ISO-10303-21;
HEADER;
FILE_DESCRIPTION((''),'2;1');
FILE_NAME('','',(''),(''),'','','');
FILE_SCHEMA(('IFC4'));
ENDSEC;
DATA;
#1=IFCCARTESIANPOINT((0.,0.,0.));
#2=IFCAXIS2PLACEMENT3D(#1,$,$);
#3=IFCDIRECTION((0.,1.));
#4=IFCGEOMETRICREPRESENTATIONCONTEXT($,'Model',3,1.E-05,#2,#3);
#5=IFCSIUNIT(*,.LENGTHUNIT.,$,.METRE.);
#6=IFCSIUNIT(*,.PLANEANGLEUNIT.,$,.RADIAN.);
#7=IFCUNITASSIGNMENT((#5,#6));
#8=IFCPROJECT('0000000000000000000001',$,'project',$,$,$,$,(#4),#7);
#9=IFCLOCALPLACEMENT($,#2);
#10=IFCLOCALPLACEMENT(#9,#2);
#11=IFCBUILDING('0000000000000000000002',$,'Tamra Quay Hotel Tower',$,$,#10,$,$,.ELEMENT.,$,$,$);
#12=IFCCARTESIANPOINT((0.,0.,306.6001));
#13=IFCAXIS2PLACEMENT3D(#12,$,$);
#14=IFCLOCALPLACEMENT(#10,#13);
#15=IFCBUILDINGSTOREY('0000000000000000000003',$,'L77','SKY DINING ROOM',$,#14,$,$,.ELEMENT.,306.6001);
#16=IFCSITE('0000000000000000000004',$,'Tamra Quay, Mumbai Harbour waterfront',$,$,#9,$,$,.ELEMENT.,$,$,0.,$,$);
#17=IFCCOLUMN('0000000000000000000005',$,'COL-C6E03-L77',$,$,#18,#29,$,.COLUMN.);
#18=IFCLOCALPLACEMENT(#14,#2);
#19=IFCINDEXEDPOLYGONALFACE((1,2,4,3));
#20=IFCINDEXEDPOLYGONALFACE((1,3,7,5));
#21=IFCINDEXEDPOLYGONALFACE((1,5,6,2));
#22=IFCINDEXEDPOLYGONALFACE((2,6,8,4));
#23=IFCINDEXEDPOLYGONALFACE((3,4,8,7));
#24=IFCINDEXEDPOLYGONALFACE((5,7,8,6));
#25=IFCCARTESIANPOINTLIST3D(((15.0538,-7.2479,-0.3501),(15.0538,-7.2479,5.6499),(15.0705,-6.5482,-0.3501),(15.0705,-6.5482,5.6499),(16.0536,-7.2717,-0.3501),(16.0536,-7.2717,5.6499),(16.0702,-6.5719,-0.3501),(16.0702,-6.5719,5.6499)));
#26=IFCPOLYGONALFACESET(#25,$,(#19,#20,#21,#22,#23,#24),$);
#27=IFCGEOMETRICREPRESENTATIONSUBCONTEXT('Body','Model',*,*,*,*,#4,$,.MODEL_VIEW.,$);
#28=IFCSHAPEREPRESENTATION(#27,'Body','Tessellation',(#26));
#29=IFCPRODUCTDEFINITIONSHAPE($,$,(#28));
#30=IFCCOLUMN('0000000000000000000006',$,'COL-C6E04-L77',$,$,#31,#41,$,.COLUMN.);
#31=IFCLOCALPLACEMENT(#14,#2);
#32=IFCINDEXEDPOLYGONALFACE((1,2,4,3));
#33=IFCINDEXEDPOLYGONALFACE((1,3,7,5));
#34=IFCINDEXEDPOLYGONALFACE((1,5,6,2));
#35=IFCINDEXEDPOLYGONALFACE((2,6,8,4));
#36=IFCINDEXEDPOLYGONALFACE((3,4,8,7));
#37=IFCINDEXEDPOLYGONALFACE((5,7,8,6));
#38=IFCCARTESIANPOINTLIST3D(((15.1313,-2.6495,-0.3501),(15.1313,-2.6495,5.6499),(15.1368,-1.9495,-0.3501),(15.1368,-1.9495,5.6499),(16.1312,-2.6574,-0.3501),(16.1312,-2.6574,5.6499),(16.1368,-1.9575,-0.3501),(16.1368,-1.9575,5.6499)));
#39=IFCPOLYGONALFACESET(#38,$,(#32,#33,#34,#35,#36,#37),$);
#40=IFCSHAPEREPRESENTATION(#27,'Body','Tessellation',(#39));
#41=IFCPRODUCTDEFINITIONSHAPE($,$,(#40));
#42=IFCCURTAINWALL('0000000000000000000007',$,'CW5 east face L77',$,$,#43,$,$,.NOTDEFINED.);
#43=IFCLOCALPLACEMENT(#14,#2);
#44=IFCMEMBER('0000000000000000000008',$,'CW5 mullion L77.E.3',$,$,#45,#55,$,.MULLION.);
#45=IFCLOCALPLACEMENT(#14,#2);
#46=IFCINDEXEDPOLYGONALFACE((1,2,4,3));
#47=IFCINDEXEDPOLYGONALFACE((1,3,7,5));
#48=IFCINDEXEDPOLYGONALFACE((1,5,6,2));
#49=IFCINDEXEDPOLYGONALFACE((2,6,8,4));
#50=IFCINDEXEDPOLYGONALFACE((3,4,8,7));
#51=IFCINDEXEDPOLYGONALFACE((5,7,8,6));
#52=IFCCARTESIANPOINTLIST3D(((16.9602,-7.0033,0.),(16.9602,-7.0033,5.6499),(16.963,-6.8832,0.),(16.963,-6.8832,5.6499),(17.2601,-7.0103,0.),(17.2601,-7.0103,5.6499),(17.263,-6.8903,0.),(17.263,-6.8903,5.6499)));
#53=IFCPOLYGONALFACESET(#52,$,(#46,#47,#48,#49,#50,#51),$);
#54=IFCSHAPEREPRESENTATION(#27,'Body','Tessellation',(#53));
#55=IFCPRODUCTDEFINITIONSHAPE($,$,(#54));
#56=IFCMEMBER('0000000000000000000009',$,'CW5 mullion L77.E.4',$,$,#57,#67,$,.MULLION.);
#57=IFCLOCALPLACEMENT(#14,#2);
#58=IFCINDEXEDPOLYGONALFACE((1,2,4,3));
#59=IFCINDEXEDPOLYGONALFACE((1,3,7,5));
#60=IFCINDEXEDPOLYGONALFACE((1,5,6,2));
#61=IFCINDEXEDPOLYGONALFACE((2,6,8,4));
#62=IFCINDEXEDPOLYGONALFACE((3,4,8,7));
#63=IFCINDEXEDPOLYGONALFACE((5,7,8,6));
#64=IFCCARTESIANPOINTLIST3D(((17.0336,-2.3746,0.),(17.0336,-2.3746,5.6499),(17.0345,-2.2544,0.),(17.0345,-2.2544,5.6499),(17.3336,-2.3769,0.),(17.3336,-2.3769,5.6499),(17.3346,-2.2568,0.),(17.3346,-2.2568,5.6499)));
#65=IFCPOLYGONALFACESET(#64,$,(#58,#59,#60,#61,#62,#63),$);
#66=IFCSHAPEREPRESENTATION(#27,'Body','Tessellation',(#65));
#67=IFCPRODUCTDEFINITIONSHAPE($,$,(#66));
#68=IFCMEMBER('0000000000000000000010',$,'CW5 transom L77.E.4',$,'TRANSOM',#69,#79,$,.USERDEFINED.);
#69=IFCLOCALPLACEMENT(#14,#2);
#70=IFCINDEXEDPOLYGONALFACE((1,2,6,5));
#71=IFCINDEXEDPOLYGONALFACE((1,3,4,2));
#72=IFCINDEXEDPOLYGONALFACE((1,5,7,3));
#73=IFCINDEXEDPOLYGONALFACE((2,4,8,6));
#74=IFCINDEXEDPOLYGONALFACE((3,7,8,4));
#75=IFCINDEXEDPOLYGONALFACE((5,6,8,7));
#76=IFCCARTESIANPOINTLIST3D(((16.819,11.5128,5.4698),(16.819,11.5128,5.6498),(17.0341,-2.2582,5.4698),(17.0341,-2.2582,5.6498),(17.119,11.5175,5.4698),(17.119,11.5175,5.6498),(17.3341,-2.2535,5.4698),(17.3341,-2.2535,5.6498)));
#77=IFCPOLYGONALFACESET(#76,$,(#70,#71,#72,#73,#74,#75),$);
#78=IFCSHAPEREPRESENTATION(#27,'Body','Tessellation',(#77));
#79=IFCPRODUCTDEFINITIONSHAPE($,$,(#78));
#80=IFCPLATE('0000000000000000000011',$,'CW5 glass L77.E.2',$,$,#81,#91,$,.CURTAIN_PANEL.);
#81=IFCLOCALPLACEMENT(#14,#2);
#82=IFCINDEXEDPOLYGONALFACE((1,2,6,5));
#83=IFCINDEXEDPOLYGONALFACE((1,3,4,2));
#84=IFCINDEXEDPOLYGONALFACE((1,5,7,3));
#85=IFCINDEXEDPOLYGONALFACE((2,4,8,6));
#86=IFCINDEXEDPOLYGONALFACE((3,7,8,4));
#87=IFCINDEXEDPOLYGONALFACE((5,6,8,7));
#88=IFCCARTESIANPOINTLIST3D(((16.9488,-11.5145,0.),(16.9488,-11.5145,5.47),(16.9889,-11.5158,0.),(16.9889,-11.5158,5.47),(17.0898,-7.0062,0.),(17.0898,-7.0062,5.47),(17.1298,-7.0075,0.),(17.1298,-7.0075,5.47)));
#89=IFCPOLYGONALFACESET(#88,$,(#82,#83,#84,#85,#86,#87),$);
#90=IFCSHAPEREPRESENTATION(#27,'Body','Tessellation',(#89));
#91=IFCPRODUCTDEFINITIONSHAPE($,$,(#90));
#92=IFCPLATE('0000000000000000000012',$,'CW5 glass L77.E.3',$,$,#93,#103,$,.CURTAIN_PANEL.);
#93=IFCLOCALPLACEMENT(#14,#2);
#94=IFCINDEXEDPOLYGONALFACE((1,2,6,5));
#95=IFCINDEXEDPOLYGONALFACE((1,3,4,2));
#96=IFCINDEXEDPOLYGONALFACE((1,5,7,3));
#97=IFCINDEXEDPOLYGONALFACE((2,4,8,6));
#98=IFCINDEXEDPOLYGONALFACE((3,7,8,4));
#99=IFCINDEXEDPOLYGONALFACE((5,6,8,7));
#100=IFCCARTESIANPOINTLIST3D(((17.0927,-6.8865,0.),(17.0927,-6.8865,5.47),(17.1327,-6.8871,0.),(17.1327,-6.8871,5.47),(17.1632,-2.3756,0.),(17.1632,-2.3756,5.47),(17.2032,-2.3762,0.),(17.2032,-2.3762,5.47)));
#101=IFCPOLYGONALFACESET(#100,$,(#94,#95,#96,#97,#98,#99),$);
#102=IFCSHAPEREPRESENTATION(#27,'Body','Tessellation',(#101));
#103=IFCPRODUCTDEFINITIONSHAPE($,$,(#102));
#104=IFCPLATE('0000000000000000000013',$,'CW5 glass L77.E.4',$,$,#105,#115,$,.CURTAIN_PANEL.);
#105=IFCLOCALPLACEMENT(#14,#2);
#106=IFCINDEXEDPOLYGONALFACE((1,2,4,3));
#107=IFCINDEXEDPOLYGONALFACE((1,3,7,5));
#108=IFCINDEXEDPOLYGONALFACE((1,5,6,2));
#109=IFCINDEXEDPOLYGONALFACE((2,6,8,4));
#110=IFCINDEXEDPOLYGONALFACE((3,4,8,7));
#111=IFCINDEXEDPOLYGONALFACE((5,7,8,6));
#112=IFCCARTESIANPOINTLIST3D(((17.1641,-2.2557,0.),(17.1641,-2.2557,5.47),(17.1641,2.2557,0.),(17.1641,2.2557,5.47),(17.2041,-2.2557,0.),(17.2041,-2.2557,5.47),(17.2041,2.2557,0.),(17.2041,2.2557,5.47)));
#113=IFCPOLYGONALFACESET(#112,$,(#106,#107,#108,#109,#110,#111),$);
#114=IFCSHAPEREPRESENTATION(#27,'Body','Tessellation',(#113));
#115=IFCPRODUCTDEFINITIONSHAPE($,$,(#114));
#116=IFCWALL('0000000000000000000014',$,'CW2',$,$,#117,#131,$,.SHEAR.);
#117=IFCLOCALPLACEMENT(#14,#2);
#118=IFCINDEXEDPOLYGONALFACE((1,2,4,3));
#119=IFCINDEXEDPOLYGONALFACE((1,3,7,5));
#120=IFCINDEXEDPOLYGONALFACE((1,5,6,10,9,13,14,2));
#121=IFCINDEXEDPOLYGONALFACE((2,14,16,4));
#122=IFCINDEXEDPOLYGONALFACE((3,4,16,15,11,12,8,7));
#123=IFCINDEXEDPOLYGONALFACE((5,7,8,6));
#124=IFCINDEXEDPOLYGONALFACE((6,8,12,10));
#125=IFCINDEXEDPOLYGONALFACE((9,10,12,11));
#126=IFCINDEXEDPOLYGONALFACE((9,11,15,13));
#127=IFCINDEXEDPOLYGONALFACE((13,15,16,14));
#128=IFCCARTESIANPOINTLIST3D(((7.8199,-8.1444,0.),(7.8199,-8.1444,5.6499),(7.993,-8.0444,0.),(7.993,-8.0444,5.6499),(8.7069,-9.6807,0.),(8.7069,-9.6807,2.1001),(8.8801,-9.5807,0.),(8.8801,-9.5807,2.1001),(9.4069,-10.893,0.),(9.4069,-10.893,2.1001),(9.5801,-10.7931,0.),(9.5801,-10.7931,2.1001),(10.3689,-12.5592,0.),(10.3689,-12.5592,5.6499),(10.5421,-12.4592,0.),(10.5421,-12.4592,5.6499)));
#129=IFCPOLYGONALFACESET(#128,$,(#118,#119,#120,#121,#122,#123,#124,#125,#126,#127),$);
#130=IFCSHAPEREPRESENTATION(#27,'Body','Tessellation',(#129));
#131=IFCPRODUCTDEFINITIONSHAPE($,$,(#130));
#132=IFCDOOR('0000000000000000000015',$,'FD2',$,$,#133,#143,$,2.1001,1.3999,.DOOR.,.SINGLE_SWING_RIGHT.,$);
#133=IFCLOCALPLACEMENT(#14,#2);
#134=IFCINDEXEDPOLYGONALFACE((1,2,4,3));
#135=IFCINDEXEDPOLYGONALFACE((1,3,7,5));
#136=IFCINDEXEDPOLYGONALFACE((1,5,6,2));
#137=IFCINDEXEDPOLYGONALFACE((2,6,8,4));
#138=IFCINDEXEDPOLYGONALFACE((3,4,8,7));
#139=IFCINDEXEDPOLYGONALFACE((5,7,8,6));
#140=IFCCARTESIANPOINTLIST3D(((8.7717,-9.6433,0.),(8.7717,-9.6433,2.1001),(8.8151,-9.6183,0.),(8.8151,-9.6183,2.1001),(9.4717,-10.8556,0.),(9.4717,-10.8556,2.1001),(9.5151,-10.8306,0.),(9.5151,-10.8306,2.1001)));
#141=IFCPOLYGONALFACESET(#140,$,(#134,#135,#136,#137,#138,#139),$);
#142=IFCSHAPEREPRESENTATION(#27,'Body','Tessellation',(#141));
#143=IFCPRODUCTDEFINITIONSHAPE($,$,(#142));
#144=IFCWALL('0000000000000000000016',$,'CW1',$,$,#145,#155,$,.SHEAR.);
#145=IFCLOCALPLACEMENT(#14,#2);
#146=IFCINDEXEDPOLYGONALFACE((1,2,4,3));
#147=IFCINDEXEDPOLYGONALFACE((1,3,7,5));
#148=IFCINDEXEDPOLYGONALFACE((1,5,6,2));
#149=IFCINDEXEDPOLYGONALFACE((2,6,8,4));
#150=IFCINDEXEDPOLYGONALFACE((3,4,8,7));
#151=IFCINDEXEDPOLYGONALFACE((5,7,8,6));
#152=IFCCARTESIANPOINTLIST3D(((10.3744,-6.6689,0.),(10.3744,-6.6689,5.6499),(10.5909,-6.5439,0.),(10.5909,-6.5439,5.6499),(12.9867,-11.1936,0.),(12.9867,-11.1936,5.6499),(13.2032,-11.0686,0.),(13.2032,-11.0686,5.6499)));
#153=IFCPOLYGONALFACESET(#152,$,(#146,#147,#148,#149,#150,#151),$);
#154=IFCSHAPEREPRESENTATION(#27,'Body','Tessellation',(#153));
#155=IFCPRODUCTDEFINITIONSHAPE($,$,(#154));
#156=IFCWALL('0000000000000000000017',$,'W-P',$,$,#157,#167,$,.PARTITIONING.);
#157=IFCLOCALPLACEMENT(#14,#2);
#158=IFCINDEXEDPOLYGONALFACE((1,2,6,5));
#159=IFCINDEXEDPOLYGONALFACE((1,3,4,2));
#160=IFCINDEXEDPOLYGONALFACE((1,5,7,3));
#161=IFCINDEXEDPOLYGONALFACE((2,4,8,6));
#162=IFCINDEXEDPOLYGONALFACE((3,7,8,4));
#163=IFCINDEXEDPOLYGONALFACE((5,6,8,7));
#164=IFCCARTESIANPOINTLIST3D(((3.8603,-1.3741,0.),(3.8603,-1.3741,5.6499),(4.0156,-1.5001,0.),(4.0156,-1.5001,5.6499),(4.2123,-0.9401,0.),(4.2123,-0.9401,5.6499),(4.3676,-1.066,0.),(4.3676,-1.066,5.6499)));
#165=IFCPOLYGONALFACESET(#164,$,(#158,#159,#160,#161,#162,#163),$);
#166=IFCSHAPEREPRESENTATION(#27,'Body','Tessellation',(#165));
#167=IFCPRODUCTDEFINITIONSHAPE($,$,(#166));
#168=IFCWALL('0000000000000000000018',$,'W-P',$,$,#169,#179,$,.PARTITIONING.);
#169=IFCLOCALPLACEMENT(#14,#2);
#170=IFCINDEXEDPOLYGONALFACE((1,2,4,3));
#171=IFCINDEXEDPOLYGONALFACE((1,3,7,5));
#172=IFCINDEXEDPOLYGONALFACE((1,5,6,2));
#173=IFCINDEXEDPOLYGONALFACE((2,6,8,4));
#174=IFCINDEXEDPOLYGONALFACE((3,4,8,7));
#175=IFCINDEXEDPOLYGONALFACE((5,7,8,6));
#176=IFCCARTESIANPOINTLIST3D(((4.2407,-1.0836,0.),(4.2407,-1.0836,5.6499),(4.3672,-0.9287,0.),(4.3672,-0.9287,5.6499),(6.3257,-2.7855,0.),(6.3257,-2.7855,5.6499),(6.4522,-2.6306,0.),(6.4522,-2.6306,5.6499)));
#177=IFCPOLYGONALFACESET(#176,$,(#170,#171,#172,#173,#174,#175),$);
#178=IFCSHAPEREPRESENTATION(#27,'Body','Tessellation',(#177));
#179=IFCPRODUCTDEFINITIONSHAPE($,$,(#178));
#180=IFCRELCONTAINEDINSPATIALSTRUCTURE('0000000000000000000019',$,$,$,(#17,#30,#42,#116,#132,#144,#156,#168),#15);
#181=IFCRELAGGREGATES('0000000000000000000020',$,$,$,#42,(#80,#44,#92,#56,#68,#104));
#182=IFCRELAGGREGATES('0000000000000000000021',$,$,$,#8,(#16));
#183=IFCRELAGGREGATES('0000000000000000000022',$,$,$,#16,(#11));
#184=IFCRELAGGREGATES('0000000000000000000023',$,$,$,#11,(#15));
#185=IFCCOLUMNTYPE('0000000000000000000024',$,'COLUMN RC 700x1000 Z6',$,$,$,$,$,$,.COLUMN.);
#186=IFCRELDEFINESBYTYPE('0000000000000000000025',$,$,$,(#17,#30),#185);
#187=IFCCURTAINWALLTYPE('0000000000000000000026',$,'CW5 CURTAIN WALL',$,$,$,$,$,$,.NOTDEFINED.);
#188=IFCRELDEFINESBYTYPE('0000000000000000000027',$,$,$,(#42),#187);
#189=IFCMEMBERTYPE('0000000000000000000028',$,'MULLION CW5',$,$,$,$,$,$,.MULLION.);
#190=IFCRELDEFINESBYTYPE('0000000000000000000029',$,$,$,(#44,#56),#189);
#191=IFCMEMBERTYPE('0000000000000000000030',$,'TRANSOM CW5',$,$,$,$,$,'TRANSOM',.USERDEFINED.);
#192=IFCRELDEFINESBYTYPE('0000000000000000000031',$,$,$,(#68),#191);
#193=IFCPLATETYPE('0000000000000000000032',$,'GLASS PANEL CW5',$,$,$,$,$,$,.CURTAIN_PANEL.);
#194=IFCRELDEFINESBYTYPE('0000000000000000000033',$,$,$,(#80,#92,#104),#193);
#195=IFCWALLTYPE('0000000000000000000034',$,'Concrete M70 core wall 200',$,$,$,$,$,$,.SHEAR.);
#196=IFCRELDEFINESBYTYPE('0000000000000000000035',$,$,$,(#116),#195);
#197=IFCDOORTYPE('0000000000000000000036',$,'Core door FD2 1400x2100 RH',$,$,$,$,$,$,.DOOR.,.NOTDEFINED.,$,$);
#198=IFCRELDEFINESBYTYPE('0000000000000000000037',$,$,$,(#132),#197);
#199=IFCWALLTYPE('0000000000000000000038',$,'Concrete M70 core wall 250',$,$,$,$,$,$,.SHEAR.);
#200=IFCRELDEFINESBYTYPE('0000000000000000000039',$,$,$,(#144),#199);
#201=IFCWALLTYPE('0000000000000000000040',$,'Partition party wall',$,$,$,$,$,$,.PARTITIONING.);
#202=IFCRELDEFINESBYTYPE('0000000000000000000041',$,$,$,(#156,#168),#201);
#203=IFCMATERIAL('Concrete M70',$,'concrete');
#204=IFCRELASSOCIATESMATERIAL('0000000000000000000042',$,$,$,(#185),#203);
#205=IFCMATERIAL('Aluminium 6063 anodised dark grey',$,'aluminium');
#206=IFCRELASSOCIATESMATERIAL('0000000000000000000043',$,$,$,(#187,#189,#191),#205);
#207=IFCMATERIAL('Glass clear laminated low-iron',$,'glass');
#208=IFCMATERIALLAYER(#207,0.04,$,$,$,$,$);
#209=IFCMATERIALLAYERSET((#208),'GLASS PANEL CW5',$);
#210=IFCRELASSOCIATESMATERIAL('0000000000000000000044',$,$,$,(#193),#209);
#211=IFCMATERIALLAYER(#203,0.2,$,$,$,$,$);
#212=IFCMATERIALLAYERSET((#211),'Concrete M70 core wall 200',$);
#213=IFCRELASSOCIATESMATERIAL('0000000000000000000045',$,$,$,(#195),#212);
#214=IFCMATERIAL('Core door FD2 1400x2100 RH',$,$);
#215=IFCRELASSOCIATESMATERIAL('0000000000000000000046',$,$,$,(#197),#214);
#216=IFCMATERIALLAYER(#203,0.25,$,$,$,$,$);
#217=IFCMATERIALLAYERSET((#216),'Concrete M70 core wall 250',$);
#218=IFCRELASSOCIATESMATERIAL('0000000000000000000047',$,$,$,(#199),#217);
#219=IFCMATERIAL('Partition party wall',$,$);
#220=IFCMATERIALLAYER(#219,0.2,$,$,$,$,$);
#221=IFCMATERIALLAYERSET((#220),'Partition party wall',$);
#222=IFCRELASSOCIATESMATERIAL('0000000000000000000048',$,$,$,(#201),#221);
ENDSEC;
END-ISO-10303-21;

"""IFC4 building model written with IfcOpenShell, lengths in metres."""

from ifc_helpers import new_model, si_unit, direction, frame, frame_2d, origin, origin_2d, place, context, subcontext, project, spatial, rectangle, extrude, material, layer, layer_set, material_profile, profile_set, type_object, element, fill, aggregate, save


model = new_model("IFC4")

# Units and contexts
model_context = context("Model", 3, precision=1e-05, world=origin(), true_north=direction((0.0, 1.0)))
body_context = subcontext(model_context, "Body", "Model", "MODEL_VIEW")
ifc_project = project(units=[si_unit("LENGTHUNIT", "METRE"), si_unit("PLANEANGLEUNIT", "RADIAN")], contexts=[model_context])

# Site, building, storey
site_placement = place(None, origin())
site = spatial("IfcSite", under=ifc_project, at=site_placement, Name="Tamra Quay, Mumbai Harbour waterfront", CompositionType="ELEMENT", RefElevation=0.0)
building_placement = place(site_placement, origin())
building = spatial("IfcBuilding", under=site, at=building_placement, Name="Tamra Quay Hotel Tower", CompositionType="ELEMENT")
storey_placement = place(building_placement, frame((0.0, 0.0, 306.6001)))
storey = spatial("IfcBuildingStorey", under=building, at=storey_placement, Name="L77", Description="SKY DINING ROOM", CompositionType="ELEMENT", Elevation=306.6001)

# Columns
ifc_material_1 = material(Name="Concrete M70", Category="concrete")
ifc_material_profile_1 = material_profile(ifc_material_1, rectangle(XDim=1.0, YDim=0.7, at=origin_2d()), Name="COLUMN RC 700x1000 Z6")
ifc_profile_set_1 = profile_set([ifc_material_profile_1], Name="Concrete M70")
column_type = type_object("IfcColumnType", Name="COLUMN RC 700x1000 Z6", PredefinedType="COLUMN", material=ifc_profile_set_1)
for number, where, z_axis, x_axis, name in (
    (1, (15.562, -6.9099, -0.3501), (0.0, 0.0, 1.0), (-0.999718, 0.023753, 0.0), "COL-C6E03-L77"),
    (2, (15.634, -2.3035, -0.3501), (0.0, 0.0, 1.0), (-0.999969, 0.00792, 0.0), "COL-C6E04-L77"),
):
    element("IfcColumn", number, at=place(storey_placement, frame(where, z_axis=z_axis, x_axis=x_axis)), inside=storey, type_object=column_type, Name=name, PredefinedType="COLUMN", context=body_context, shape_type="SweptSolid", body=[
        extrude(rectangle(XDim=1.0, YDim=0.7, at=origin_2d()), origin(), (0.0, 0.0, 1.0), 6.0),
    ])

# Curtain wall, members, plates
ifc_material_2 = material(Name="Aluminium 6063 anodised dark grey", Category="aluminium")
curtain_wall_type = type_object("IfcCurtainWallType", Name="CW5 CURTAIN WALL", PredefinedType="NOTDEFINED", material=ifc_material_2)
curtain_wall_placement = place(storey_placement, origin())
curtain_wall = element("IfcCurtainWall", 3, at=curtain_wall_placement, inside=storey, type_object=curtain_wall_type, Name="CW5 east face L77", PredefinedType="NOTDEFINED")
ifc_material_profile_2 = material_profile(ifc_material_2, rectangle(XDim=0.3, YDim=0.1201, at=origin_2d()), Name="MULLION 120X300")
ifc_profile_set_2 = profile_set([ifc_material_profile_2], Name="Aluminium 6063 anodised dark grey")
member_type_1 = type_object("IfcMemberType", Name="MULLION CW5", PredefinedType="MULLION", material=ifc_profile_set_2)
member_1_placement = place(storey_placement, frame((17.1116, -6.9468, 0.0), z_axis=(0.0, 0.0, 1.0), x_axis=(0.999725, -0.023438, 0.0)))
member_1 = element("IfcMember", 4, at=member_1_placement, type_object=member_type_1, Name="CW5 mullion L77.E.3", PredefinedType="MULLION", context=body_context, shape_type="SweptSolid", body=[
    extrude(rectangle(XDim=0.3, YDim=0.1201, at=origin_2d()), origin(), (0.0, 0.0, 1.0), 5.6499),
])
member_2_placement = place(storey_placement, frame((17.1841, -2.3157, 0.0), z_axis=(0.0, 0.0, 1.0), x_axis=(0.999969, -0.007816, 0.0)))
member_2 = element("IfcMember", 5, at=member_2_placement, type_object=member_type_1, Name="CW5 mullion L77.E.4", PredefinedType="MULLION", context=body_context, shape_type="SweptSolid", body=[
    extrude(rectangle(XDim=0.3, YDim=0.1201, at=origin_2d()), origin(), (0.0, 0.0, 1.0), 5.6499),
])
ifc_material_profile_3 = material_profile(ifc_material_2, rectangle(XDim=0.3, YDim=0.1799, at=origin_2d()), Name="TRANSOM 300X180")
ifc_profile_set_3 = profile_set([ifc_material_profile_3], Name="Aluminium 6063 anodised dark grey")
member_type_2 = type_object("IfcMemberType", Name="TRANSOM CW5", ElementType="TRANSOM", PredefinedType="USERDEFINED", material=ifc_profile_set_3)
member_3_placement = place(storey_placement, frame((17.1841, -2.2559, 5.5598), z_axis=(-0.015617, 0.999878, 0.0), x_axis=(-0.999878, -0.015617, 0.0)))
member_3 = element("IfcMember", 6, at=member_3_placement, type_object=member_type_2, Name="CW5 transom L77.E.4", ObjectType="TRANSOM", PredefinedType="USERDEFINED", context=body_context, shape_type="SweptSolid", body=[
    extrude(rectangle(XDim=0.3, YDim=0.1799, at=origin_2d()), origin(), (0.0, 0.0, 1.0), 13.7727),
])
ifc_material_3 = material(Name="Glass clear laminated low-iron", Category="glass")
ifc_layer_1 = layer(ifc_material_3, 0.04)
ifc_layer_set_1 = layer_set([ifc_layer_1], Name="GLASS PANEL CW5")
plate_type = type_object("IfcPlateType", Name="GLASS PANEL CW5", PredefinedType="CURTAIN_PANEL", material=ifc_layer_set_1)
plate_1_placement = place(storey_placement, frame((17.0393, -9.261, 0.0), z_axis=(0.0, 0.0, 1.0), x_axis=(0.031242, 0.999512, 0.0)))
plate_1 = element("IfcPlate", 7, at=plate_1_placement, type_object=plate_type, Name="CW5 glass L77.E.2", PredefinedType="CURTAIN_PANEL", context=body_context, shape_type="SweptSolid", body=[
    extrude(rectangle(XDim=4.5105, YDim=0.04, at=origin_2d()), origin(), (0.0, 0.0, 1.0), 5.47),
])
plate_2_placement = place(storey_placement, frame((17.1479, -4.6313, 0.0), z_axis=(0.0, 0.0, 1.0), x_axis=(0.015632, 0.999878, 0.0)))
plate_2 = element("IfcPlate", 8, at=plate_2_placement, type_object=plate_type, Name="CW5 glass L77.E.3", PredefinedType="CURTAIN_PANEL", context=body_context, shape_type="SweptSolid", body=[
    extrude(rectangle(XDim=4.5115, YDim=0.04, at=origin_2d()), origin(), (0.0, 0.0, 1.0), 5.47),
])
plate_3_placement = place(storey_placement, frame((17.1841, 0.0, 0.0), z_axis=(0.0, 0.0, 1.0), x_axis=(0.0, 1.0, 0.0)))
plate_3 = element("IfcPlate", 9, at=plate_3_placement, type_object=plate_type, Name="CW5 glass L77.E.4", PredefinedType="CURTAIN_PANEL", context=body_context, shape_type="SweptSolid", body=[
    extrude(rectangle(XDim=4.5115, YDim=0.04, at=origin_2d()), origin(), (0.0, 0.0, 1.0), 5.47),
])
aggregate(curtain_wall, [plate_1, member_1, plate_2, member_2, member_3, plate_3])

# Wall, opening, door
ifc_layer_2 = layer(ifc_material_1, 0.2)
ifc_layer_set_2 = layer_set([ifc_layer_2], Name="Concrete M70 core wall 200")
wall_type_1 = type_object("IfcWallType", Name="Concrete M70 core wall 200", PredefinedType="SHEAR", material=ifc_layer_set_2)
wall_1_placement = place(storey_placement, frame((7.9065, -8.0945, 0.0), z_axis=(0.0, 0.0, 1.0), x_axis=(0.500028, -0.866009, 0.0)))
wall_1 = element("IfcWall", 10, at=wall_1_placement, inside=storey, type_object=wall_type_1, Name="CW2", PredefinedType="SHEAR", context=body_context, shape_type="SweptSolid", body=[
    extrude(rectangle(XDim=5.0979, YDim=0.2, at=frame_2d((2.5488, 0.0))), origin(), (0.0, 0.0, 1.0), 5.6499),
])
opening_1_placement = place(wall_1_placement, frame((1.7739, 0.0, 0.0)))
opening_1 = element("IfcOpeningElement", 11, at=opening_1_placement, cuts=wall_1, PredefinedType="OPENING", context=body_context, shape_type="SweptSolid", body=[
    extrude(rectangle(XDim=1.3999, YDim=2.1001, at=frame_2d((0.7, 1.05))), frame((0.0, 0.1099, 0.0), z_axis=(0.0, -1.0, 0.0), x_axis=(1.0, 0.0, 0.0)), (0.0, 0.0, 1.0), 0.22),
])
ifc_material_4 = material(Name="Core door FD2 1400x2100 RH")
door_type_1 = type_object("IfcDoorType", Name="Core door FD2 1400x2100 RH", OperationType="NOTDEFINED", PredefinedType="DOOR", material=ifc_material_4)
door_1_placement = place(opening_1_placement, origin())
door_1 = element("IfcDoor", 12, at=door_1_placement, inside=storey, type_object=door_type_1, Name="FD2", OperationType="SINGLE_SWING_RIGHT", OverallHeight=2.1001, OverallWidth=1.3999, PredefinedType="DOOR", context=body_context, shape_type="SweptSolid", body=[
    extrude(rectangle(XDim=1.3999, YDim=2.1001, at=frame_2d((0.7, 1.05))), frame((0.0, 0.0249, 0.0), z_axis=(0.0, -1.0, 0.0), x_axis=(1.0, 0.0, 0.0)), (0.0, 0.0, 1.0), 0.05),
])
fill(opening_1, door_1)

# Walls
ifc_layer_3 = layer(ifc_material_1, 0.25)
ifc_layer_set_3 = layer_set([ifc_layer_3], Name="Concrete M70 core wall 250")
wall_type_2 = type_object("IfcWallType", Name="Concrete M70 core wall 250", PredefinedType="SHEAR", material=ifc_layer_set_3)
wall_2_placement = place(storey_placement, frame((10.4827, -6.6064, 0.0), z_axis=(0.0, 0.0, 1.0), x_axis=(0.499999, -0.866026, 0.0)))
element("IfcWall", 13, at=wall_2_placement, inside=storey, type_object=wall_type_2, Name="CW1", PredefinedType="SHEAR", context=body_context, shape_type="SweptSolid", body=[
    extrude(rectangle(XDim=5.2246, YDim=0.25, at=frame_2d((2.6123, 0.0))), origin(), (0.0, 0.0, 1.0), 5.6499),
])
ifc_material_5 = material(Name="Partition party wall")
ifc_layer_4 = layer(ifc_material_5, 0.2)
ifc_layer_set_4 = layer_set([ifc_layer_4], Name="Partition party wall")
wall_type_3 = type_object("IfcWallType", Name="Partition party wall", PredefinedType="PARTITIONING", material=ifc_layer_set_4)
wall_3_placement = place(storey_placement, frame((3.938, -1.437, 0.0), z_axis=(0.0, 0.0, 1.0), x_axis=(0.629902, 0.776675, 0.0)))
element("IfcWall", 14, at=wall_3_placement, inside=storey, type_object=wall_type_3, Name="W-P", PredefinedType="PARTITIONING", context=body_context, shape_type="SweptSolid", body=[
    extrude(rectangle(XDim=0.5588, YDim=0.2, at=frame_2d((0.2793, 0.0))), origin(), (0.0, 0.0, 1.0), 5.6499),
])
wall_4_placement = place(storey_placement, frame((4.304, -1.0061, 0.0), z_axis=(0.0, 0.0, 1.0), x_axis=(0.77468, -0.632353, 0.0)))
element("IfcWall", 15, at=wall_4_placement, inside=storey, type_object=wall_type_3, Name="W-P", PredefinedType="PARTITIONING", context=body_context, shape_type="SweptSolid", body=[
    extrude(rectangle(XDim=2.6914, YDim=0.2, at=frame_2d((1.3457, 0.0))), origin(), (0.0, 0.0, 1.0), 5.6499),
])

save(model, "model.ifc")
